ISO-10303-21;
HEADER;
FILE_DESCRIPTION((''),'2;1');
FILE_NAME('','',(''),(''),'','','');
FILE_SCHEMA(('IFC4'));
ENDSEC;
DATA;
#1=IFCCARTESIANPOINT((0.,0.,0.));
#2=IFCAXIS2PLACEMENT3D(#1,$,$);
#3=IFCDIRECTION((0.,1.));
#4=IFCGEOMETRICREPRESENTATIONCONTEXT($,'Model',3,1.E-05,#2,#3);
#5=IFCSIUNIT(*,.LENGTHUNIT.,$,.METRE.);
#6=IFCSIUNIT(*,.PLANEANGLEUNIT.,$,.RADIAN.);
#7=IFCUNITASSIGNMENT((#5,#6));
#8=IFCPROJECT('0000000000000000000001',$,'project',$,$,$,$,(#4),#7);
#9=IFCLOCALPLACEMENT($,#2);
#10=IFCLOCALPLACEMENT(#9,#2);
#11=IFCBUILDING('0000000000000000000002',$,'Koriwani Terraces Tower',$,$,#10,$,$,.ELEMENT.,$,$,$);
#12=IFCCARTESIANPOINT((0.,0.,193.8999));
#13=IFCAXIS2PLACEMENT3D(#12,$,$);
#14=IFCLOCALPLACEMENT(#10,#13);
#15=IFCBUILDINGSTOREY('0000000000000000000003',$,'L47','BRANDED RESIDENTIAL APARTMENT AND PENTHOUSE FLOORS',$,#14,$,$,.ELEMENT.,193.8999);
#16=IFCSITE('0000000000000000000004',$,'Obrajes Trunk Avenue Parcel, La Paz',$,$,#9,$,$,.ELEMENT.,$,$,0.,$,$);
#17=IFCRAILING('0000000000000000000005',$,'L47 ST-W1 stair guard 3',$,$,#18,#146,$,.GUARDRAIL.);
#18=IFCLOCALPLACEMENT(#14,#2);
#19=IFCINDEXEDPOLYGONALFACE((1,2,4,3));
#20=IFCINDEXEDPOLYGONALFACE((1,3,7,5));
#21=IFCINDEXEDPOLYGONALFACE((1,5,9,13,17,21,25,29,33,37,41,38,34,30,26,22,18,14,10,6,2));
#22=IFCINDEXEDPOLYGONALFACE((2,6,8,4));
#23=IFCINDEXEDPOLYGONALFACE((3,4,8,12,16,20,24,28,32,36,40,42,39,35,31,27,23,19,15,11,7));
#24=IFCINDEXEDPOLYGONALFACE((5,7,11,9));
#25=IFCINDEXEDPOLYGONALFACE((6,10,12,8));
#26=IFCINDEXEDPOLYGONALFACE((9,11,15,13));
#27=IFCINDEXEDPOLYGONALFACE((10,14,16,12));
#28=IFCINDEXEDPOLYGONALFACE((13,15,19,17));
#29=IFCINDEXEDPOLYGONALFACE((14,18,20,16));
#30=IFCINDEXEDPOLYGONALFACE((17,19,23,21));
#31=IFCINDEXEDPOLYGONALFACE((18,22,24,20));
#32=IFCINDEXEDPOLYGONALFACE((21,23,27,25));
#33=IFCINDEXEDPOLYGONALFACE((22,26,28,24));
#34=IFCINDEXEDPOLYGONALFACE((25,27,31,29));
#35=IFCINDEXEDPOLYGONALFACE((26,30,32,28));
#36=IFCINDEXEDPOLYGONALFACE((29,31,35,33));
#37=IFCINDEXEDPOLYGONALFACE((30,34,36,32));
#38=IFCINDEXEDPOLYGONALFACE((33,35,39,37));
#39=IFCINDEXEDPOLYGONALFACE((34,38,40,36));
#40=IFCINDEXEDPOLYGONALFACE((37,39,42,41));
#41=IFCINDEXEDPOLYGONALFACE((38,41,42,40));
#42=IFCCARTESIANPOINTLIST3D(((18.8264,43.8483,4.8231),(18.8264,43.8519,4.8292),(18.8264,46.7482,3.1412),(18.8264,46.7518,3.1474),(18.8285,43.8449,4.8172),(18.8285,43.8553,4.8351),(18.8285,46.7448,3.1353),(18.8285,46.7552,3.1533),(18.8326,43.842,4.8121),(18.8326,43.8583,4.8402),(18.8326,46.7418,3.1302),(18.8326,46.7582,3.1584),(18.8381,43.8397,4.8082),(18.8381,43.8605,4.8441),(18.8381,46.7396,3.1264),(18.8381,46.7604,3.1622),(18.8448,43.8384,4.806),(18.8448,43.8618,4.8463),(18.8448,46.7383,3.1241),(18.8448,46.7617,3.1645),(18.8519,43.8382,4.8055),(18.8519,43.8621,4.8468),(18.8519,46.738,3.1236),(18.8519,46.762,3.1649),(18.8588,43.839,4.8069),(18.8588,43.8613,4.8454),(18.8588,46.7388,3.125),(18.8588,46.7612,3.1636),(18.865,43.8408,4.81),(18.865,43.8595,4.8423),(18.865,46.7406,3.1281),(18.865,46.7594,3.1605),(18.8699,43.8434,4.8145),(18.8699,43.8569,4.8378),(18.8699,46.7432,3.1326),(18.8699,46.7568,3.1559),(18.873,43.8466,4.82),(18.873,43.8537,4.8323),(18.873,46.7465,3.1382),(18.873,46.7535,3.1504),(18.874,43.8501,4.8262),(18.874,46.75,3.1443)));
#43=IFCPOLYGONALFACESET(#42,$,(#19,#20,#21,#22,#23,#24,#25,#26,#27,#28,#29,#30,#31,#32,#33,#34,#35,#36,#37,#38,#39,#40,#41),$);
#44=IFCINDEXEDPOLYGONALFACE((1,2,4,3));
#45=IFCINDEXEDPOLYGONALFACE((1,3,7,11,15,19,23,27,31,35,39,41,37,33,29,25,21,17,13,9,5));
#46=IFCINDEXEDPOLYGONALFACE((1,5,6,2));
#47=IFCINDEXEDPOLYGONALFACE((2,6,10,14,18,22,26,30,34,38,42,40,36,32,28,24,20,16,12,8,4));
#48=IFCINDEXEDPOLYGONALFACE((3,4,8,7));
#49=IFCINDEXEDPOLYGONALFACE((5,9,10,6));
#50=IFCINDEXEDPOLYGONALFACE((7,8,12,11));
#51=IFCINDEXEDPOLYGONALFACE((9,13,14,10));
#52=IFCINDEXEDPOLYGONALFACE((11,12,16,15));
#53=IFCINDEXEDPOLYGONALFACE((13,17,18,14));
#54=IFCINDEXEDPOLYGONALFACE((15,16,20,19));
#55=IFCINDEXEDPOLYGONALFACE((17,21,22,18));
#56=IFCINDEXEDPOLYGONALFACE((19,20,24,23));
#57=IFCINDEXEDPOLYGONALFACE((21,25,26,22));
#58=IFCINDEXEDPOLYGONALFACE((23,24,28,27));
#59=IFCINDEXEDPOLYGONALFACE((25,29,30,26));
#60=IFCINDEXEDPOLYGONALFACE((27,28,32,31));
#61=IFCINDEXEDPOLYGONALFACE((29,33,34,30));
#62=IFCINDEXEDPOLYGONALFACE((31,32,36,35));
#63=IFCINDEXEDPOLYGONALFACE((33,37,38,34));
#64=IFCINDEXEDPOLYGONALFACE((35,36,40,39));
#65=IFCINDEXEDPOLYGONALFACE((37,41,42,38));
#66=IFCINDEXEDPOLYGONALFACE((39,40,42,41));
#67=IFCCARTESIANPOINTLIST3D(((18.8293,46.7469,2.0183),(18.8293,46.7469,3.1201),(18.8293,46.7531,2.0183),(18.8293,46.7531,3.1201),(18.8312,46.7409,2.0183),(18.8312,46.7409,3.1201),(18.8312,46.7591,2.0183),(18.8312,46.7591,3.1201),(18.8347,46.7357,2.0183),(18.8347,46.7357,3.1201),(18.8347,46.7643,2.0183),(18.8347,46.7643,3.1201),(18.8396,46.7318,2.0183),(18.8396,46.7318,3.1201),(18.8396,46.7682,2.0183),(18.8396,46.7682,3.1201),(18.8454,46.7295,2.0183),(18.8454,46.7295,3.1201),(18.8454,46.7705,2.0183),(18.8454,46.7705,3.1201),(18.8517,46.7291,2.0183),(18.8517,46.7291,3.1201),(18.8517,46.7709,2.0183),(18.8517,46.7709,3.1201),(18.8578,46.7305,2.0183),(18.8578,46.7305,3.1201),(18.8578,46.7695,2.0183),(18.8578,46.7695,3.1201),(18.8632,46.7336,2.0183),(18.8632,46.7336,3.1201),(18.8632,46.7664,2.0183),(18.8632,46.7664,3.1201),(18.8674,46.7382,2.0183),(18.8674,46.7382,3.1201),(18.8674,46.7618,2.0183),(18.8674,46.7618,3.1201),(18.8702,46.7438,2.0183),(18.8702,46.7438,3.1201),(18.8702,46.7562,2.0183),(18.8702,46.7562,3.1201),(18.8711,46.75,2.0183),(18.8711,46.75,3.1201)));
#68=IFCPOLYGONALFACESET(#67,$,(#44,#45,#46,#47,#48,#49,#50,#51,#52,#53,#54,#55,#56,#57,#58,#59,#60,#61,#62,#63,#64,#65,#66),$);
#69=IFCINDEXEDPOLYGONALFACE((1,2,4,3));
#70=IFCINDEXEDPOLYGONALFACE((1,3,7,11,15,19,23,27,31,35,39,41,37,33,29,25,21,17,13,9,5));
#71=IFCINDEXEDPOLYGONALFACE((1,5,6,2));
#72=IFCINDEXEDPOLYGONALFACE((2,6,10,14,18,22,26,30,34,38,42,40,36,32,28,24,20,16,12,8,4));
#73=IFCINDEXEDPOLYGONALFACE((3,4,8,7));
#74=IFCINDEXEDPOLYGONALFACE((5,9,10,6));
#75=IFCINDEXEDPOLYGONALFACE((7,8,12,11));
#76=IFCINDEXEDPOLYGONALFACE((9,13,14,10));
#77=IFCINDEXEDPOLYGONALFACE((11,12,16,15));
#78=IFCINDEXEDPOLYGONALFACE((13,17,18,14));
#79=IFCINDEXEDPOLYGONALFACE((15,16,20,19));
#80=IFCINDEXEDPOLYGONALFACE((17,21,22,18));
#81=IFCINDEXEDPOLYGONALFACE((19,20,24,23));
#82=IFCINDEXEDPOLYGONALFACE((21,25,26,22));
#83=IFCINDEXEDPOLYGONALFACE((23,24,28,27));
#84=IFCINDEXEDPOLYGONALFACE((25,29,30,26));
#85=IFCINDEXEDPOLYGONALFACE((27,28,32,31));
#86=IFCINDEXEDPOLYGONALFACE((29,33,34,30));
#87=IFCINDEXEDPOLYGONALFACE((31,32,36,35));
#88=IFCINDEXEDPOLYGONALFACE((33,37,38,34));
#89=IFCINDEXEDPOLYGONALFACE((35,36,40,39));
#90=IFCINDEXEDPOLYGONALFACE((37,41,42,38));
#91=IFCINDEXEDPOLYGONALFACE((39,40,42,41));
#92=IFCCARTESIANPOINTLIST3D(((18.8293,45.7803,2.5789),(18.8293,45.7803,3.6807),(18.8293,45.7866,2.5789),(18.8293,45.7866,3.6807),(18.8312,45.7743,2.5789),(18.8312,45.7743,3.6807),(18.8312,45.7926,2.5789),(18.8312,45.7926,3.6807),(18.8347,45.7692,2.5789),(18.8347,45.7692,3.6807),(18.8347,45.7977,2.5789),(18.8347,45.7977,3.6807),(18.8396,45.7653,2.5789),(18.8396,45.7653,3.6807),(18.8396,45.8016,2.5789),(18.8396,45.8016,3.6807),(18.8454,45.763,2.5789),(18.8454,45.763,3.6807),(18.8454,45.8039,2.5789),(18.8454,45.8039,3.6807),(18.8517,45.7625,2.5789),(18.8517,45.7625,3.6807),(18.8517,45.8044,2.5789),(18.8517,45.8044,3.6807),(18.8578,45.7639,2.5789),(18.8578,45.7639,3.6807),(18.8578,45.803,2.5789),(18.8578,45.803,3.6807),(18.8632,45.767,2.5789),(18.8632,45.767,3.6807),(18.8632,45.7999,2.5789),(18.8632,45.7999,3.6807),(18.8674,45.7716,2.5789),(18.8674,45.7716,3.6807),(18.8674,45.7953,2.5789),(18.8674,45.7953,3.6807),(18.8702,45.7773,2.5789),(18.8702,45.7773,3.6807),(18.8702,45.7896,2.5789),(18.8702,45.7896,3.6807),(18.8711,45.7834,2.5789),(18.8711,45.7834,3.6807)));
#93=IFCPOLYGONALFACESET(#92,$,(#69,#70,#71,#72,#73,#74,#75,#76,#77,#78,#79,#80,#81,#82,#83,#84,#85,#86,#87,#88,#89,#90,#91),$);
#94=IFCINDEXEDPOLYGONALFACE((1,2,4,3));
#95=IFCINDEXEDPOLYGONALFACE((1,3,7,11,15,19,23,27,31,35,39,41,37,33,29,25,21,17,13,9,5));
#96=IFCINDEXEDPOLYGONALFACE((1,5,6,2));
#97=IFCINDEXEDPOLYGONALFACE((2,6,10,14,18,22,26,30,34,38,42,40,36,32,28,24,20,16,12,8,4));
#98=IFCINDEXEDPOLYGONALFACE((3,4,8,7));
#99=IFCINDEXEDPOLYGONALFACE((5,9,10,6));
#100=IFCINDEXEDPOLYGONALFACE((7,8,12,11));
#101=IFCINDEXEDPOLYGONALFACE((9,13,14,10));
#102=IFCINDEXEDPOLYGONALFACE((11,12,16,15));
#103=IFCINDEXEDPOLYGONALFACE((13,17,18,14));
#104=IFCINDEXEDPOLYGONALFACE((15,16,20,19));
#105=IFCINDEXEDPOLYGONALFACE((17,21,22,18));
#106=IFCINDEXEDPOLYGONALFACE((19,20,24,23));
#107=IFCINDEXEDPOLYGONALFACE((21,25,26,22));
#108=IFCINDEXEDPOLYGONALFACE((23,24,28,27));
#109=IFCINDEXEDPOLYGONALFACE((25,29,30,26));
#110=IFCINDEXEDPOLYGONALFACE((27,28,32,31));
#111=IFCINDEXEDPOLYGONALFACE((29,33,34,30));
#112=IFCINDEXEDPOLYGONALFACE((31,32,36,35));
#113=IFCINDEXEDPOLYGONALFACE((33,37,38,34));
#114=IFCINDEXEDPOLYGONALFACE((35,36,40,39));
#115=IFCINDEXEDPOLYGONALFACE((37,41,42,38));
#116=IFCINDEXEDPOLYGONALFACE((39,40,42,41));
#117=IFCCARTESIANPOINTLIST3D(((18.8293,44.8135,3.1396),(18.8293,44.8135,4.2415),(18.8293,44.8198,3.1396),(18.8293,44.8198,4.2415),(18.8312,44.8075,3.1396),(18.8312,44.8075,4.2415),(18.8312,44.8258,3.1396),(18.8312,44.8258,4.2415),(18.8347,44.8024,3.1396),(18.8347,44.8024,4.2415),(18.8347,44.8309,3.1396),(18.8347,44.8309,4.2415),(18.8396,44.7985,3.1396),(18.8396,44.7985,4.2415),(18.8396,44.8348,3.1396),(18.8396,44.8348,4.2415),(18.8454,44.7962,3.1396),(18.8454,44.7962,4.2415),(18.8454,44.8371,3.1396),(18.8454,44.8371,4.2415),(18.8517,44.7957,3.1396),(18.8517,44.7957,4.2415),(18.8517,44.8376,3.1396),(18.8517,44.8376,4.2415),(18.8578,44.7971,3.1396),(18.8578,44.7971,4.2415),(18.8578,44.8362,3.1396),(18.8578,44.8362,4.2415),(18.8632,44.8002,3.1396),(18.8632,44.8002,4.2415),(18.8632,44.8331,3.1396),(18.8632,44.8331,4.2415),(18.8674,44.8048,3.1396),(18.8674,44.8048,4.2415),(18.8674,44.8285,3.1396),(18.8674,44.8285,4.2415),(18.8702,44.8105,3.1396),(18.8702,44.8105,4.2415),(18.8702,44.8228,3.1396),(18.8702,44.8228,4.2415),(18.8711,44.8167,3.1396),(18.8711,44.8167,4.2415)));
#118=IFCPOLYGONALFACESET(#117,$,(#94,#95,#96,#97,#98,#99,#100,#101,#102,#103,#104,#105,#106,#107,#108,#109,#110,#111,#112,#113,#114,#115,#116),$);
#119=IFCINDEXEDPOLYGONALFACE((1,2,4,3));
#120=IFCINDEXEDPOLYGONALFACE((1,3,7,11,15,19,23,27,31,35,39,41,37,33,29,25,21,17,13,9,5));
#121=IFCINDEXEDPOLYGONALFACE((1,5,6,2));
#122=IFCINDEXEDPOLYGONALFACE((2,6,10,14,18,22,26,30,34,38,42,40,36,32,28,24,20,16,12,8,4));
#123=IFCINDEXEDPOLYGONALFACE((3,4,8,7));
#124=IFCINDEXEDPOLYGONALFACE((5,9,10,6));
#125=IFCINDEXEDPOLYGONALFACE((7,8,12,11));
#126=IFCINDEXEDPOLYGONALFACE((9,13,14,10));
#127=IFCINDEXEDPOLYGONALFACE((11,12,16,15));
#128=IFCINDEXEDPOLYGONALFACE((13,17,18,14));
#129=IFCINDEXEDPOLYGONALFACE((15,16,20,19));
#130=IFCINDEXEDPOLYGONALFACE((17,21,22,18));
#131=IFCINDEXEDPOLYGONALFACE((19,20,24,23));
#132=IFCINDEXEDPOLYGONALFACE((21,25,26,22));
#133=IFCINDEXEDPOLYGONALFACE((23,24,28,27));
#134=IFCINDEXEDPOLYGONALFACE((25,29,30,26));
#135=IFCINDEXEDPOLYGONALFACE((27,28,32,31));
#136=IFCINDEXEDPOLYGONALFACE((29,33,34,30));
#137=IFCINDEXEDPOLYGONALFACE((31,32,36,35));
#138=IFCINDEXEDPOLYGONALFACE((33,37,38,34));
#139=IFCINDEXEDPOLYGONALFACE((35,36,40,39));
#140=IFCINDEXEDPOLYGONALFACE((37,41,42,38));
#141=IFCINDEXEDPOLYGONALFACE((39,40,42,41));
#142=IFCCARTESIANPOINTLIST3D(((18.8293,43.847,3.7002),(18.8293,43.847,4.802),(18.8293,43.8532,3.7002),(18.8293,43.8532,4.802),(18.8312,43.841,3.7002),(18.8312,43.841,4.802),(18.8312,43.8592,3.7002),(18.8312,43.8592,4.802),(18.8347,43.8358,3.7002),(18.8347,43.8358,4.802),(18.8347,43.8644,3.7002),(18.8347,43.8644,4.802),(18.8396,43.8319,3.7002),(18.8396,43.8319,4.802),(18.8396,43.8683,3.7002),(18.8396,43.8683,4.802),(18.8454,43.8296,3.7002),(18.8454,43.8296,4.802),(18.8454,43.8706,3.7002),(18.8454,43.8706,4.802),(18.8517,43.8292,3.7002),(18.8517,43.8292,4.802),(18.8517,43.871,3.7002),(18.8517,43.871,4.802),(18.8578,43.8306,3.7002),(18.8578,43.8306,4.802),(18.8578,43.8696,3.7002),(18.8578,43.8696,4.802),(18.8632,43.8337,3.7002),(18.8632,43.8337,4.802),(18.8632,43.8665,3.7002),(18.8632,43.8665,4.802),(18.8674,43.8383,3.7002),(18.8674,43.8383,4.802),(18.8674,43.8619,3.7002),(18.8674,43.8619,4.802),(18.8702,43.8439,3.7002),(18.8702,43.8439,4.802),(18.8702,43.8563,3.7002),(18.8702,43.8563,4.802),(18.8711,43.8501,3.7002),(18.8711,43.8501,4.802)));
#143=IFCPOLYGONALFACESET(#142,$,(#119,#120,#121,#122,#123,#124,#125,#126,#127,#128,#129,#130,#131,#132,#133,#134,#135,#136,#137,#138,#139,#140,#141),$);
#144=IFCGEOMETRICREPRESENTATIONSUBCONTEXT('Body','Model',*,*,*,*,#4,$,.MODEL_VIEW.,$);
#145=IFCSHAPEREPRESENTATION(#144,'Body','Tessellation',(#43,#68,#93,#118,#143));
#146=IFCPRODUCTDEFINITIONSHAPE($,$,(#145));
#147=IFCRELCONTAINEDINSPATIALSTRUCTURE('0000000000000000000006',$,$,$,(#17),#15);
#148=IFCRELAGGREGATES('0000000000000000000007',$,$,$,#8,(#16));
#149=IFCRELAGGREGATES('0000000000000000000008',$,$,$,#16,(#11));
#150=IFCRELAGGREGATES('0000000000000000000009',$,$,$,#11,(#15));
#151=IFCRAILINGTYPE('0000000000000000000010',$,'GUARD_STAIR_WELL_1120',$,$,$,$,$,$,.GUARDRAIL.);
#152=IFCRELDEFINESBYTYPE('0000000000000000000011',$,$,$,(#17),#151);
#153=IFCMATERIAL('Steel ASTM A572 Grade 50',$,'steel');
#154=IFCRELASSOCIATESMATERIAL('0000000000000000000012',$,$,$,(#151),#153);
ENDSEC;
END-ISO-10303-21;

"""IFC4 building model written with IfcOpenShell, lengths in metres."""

from ifc_helpers import new_model, si_unit, direction, frame, origin, origin_2d, place, context, subcontext, project, spatial, circle, extrude, material, type_object, element, save


model = new_model("IFC4")

# Units and contexts
model_context = context("Model", 3, precision=1e-05, world=origin(), true_north=direction((0.0, 1.0)))
body_context = subcontext(model_context, "Body", "Model", "MODEL_VIEW")
ifc_project = project(units=[si_unit("LENGTHUNIT", "METRE"), si_unit("PLANEANGLEUNIT", "RADIAN")], contexts=[model_context])

# Site, building, storey
site_placement = place(None, origin())
site = spatial("IfcSite", under=ifc_project, at=site_placement, Name="Obrajes Trunk Avenue Parcel, La Paz", CompositionType="ELEMENT", RefElevation=0.0)
building_placement = place(site_placement, origin())
building = spatial("IfcBuilding", under=site, at=building_placement, Name="Koriwani Terraces Tower", CompositionType="ELEMENT")
storey_placement = place(building_placement, frame((0.0, 0.0, 193.8999)))
storey = spatial("IfcBuildingStorey", under=building, at=storey_placement, Name="L47", Description="BRANDED RESIDENTIAL APARTMENT AND PENTHOUSE FLOORS", CompositionType="ELEMENT", Elevation=193.8999)

# Shared definitions
ifc_material_1 = material(Name="Steel ASTM A572 Grade 50", Category="steel")

# Railing
railing_type_1 = type_object("IfcRailingType", Name="GUARD_STAIR_WELL_1120", PredefinedType="GUARDRAIL", material=ifc_material_1)
railing_1_placement = place(storey_placement, frame((18.8501, 46.75, 2.0183)))
element("IfcRailing", 1, at=railing_1_placement, inside=storey, type_object=railing_type_1, Name="L47 ST-W1 stair guard 3", PredefinedType="GUARDRAIL", context=body_context, shape_type="SweptSolid", body=[
    extrude(circle(Radius=0.0239, at=origin_2d()), frame((0.0, 0.0, 1.126), z_axis=(0.0, -0.865039, 0.501705), x_axis=(1.0, 0.0, 0.0)), (0.0, 0.0, 1.0), 3.3523),
    extrude(circle(Radius=0.021, at=origin_2d()), origin(), (0.0, 0.0, 1.0), 1.1018),
    extrude(circle(Radius=0.021, at=origin_2d()), frame((0.0, -0.9666, 0.5605)), (0.0, 0.0, 1.0), 1.1018),
    extrude(circle(Radius=0.021, at=origin_2d()), frame((0.0, -1.9333, 1.1213)), (0.0, 0.0, 1.0), 1.1018),
    extrude(circle(Radius=0.021, at=origin_2d()), frame((0.0, -2.8999, 1.6819)), (0.0, 0.0, 1.0), 1.1018),
])

save(model, "model.ifc")
